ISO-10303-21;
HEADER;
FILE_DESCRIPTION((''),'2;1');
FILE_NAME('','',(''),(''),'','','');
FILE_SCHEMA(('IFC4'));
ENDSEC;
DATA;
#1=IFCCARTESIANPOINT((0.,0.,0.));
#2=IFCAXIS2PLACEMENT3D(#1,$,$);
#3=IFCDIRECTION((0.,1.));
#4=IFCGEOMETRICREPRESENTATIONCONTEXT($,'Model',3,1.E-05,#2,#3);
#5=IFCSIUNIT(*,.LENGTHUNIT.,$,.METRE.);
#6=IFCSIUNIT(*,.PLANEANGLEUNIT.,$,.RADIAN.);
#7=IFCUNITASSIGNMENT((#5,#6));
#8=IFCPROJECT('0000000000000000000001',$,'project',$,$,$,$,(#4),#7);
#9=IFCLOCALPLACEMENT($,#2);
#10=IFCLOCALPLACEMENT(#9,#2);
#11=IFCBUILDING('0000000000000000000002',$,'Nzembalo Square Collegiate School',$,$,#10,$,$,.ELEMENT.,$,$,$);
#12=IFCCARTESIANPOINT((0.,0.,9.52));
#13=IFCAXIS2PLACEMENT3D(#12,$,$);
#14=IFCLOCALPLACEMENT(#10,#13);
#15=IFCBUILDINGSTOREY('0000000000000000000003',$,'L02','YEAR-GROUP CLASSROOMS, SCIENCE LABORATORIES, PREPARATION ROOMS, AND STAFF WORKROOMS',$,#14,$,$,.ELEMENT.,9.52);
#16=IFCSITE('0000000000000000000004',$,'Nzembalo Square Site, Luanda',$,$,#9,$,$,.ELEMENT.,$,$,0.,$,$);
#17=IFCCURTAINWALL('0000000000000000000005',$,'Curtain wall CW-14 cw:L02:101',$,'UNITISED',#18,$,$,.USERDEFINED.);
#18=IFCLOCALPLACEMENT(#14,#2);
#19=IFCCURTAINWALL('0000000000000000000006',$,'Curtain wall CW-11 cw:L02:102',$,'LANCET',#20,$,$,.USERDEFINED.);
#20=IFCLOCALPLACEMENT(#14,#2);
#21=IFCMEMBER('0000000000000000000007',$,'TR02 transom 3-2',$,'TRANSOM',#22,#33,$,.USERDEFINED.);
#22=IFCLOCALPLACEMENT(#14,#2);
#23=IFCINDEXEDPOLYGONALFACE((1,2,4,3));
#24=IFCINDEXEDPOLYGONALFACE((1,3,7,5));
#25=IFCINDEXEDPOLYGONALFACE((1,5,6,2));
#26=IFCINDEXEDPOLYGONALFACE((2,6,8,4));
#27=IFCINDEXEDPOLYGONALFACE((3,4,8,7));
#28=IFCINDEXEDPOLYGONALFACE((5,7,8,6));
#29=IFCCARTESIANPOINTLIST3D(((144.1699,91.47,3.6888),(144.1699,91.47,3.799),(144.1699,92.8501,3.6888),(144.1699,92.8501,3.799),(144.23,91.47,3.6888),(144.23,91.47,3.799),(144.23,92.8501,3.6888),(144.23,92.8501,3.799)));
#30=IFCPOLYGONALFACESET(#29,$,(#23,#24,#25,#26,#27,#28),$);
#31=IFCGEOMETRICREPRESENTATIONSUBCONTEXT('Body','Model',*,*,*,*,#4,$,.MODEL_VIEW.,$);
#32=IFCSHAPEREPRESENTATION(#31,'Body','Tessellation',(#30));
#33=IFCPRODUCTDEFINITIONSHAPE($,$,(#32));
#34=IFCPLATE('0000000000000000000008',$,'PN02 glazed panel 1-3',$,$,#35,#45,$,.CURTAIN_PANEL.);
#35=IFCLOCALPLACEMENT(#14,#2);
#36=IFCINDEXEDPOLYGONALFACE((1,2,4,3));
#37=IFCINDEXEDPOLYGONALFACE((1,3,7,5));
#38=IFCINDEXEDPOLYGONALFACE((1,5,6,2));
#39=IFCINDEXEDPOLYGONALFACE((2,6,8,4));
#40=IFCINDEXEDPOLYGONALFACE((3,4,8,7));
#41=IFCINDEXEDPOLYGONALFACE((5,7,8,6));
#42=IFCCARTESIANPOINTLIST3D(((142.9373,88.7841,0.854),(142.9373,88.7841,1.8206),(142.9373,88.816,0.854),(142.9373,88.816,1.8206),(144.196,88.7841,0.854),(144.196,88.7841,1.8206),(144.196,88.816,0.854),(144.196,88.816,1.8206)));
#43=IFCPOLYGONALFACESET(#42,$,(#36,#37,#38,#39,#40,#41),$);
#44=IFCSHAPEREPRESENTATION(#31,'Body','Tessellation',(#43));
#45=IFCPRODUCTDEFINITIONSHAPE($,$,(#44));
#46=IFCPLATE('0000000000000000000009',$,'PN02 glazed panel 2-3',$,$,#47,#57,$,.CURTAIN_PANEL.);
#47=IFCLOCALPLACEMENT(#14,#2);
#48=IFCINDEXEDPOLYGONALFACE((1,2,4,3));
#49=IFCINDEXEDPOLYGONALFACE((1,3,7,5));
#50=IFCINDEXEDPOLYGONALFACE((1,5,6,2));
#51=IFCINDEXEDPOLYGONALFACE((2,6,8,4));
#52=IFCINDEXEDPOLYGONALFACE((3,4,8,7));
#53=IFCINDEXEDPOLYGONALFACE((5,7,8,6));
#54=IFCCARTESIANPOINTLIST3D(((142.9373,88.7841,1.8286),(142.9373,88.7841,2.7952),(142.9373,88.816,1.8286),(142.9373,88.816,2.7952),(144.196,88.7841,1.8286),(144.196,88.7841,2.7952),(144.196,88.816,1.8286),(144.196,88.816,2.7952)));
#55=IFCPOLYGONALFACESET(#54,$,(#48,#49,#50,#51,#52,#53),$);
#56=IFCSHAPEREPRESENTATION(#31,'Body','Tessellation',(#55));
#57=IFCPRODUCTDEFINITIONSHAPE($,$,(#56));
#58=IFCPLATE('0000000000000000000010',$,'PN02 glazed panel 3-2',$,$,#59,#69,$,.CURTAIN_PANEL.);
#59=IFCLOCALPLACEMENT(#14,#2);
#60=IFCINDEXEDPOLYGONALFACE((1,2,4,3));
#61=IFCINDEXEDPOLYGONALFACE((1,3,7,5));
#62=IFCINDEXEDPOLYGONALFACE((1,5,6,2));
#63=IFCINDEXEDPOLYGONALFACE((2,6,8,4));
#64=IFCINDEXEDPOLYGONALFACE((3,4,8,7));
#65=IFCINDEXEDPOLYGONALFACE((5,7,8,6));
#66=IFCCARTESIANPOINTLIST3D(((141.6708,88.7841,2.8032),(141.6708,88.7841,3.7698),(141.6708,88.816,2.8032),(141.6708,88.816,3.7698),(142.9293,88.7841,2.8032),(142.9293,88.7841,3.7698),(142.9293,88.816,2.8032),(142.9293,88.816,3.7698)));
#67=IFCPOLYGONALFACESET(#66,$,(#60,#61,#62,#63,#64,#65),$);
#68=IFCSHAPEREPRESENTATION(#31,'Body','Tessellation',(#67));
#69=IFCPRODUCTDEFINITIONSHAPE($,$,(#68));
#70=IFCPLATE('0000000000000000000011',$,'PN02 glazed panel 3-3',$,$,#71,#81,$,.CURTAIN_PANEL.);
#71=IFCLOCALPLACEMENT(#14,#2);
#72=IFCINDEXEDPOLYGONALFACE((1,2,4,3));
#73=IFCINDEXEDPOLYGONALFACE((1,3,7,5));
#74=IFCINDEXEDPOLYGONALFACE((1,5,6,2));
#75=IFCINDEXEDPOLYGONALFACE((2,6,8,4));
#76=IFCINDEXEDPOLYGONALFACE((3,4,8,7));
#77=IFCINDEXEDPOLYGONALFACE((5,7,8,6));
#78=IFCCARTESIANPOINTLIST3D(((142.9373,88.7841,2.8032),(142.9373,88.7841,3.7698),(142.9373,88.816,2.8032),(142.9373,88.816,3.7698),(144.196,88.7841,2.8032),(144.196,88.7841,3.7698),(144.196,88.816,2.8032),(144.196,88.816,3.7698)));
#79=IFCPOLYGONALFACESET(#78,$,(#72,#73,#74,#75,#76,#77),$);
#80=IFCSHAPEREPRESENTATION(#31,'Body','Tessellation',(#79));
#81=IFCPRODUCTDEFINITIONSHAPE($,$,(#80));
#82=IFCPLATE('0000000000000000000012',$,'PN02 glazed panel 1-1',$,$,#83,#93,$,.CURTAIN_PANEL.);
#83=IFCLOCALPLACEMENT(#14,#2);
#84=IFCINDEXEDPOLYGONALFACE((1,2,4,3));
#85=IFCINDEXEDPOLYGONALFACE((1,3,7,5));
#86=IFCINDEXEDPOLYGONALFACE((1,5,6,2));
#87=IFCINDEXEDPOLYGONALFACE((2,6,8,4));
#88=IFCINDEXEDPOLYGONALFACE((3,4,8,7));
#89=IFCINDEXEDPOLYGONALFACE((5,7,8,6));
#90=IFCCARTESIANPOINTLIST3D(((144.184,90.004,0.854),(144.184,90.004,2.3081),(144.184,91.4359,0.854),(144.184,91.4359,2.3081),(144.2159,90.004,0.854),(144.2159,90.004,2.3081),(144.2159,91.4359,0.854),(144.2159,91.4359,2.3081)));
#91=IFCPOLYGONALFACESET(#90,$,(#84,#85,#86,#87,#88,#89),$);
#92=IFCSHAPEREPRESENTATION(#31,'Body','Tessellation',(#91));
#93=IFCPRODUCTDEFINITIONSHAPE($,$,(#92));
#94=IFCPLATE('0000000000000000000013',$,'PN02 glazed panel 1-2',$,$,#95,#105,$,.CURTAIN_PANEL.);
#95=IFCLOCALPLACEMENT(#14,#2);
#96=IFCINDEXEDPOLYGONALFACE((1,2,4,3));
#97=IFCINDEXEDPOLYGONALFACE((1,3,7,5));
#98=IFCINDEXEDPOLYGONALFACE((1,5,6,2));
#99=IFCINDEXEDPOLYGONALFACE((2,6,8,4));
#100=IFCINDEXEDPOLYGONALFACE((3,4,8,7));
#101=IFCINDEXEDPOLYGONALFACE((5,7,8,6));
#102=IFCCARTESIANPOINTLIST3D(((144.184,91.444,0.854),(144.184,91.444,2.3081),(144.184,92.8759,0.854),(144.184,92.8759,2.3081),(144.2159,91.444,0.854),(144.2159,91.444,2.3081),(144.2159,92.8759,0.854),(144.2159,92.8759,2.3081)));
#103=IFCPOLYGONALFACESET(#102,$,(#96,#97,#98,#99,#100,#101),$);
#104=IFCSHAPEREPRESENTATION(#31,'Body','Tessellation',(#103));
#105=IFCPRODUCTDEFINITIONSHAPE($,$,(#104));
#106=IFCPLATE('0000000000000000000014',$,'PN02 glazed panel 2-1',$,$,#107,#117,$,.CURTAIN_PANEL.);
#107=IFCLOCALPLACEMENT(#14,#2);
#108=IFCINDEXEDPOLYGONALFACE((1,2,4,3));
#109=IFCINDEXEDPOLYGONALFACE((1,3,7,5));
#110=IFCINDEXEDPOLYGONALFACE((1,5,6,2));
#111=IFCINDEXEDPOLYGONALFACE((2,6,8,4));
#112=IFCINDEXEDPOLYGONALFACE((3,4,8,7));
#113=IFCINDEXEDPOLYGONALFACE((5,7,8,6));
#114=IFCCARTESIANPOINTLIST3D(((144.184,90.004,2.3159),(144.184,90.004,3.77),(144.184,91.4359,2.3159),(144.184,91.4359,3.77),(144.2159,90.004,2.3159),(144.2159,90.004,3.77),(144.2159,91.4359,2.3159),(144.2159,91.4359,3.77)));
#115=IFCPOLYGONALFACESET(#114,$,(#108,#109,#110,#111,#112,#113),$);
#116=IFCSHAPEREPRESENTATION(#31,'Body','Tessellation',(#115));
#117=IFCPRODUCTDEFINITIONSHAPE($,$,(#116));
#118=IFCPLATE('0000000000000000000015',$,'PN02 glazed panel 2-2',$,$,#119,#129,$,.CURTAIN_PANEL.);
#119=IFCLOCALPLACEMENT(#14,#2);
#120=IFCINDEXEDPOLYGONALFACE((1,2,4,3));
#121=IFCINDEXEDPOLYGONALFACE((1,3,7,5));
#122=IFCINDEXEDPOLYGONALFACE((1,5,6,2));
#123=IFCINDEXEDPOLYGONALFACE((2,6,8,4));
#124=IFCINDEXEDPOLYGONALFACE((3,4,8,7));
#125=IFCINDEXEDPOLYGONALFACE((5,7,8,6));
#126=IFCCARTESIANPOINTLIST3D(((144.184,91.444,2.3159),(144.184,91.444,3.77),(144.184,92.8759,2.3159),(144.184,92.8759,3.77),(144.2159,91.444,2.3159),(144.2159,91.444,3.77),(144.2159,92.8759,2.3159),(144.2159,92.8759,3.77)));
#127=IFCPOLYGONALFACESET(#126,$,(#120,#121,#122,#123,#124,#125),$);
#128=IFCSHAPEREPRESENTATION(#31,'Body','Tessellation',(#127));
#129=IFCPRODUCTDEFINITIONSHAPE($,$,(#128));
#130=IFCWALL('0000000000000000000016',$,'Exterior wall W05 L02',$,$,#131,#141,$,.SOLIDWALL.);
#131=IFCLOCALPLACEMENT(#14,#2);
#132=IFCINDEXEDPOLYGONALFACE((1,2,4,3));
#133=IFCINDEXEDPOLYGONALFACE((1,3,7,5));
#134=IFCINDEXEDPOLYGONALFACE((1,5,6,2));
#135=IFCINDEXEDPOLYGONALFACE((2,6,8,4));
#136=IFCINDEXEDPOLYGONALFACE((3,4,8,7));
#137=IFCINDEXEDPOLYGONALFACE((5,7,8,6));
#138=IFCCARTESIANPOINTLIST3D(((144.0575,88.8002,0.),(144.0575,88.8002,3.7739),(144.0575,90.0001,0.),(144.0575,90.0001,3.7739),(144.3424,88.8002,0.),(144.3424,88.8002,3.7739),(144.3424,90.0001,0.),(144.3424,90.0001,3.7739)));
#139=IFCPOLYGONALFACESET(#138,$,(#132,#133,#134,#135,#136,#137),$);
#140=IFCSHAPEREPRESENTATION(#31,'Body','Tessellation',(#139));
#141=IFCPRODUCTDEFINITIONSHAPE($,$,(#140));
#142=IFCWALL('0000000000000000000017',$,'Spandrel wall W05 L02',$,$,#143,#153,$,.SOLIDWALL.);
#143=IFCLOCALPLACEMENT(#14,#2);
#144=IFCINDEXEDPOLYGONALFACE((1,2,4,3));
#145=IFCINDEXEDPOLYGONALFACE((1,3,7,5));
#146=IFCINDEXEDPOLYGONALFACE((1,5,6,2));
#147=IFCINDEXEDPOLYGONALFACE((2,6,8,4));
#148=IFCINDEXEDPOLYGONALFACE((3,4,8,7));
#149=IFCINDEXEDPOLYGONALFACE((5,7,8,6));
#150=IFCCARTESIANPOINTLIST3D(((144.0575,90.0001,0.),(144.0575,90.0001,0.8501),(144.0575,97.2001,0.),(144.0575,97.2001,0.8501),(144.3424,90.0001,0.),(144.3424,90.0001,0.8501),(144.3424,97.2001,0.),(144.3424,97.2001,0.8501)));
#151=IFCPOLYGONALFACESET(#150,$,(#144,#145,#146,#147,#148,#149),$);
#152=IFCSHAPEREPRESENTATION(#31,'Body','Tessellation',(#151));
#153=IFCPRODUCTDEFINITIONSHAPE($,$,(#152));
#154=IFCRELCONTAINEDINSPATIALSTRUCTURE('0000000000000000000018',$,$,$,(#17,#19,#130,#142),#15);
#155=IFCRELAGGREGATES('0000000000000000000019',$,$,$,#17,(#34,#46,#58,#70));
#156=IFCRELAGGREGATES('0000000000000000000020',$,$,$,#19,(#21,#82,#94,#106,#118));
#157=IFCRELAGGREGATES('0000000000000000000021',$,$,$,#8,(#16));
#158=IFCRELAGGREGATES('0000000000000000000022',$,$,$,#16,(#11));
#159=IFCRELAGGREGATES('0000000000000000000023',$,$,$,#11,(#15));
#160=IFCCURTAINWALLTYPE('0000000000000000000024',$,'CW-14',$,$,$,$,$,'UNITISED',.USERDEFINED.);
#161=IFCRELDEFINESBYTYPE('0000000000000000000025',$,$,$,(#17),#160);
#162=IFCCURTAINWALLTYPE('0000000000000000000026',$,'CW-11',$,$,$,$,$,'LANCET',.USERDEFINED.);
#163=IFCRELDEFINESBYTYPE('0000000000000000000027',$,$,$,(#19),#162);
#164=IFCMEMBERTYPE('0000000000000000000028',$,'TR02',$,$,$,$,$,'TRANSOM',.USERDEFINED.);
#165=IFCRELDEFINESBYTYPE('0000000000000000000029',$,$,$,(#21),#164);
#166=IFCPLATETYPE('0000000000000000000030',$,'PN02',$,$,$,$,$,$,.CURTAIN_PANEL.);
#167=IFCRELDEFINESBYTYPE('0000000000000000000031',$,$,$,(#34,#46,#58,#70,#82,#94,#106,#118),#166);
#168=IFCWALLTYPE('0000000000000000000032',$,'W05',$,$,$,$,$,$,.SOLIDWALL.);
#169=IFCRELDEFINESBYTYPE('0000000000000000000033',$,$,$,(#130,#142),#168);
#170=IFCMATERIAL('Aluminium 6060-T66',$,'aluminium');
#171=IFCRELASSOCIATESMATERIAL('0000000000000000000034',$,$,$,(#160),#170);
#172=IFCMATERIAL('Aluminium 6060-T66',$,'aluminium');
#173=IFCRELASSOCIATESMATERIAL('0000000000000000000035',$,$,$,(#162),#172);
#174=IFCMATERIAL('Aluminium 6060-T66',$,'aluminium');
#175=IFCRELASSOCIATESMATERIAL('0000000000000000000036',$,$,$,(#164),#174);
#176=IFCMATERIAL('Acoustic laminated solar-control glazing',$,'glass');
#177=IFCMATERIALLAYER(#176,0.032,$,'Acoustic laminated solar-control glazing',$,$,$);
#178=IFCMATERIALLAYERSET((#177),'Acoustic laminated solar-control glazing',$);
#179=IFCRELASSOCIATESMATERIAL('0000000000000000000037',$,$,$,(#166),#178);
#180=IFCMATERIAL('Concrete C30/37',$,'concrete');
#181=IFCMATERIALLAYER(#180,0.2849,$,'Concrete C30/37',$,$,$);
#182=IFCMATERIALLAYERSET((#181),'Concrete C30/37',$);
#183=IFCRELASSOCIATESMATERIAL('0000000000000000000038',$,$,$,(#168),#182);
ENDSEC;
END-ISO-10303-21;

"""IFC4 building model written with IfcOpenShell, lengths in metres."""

from ifc_helpers import new_model, si_unit, direction, frame, frame_2d, origin, origin_2d, place, context, subcontext, project, spatial, rectangle, extrude, material, layer, layer_set, material_profile, profile_set, type_object, element, aggregate, save


model = new_model("IFC4")

# Units and contexts
model_context = context("Model", 3, precision=1e-05, world=origin(), true_north=direction((0.0, 1.0)))
body_context = subcontext(model_context, "Body", "Model", "MODEL_VIEW")
ifc_project = project(units=[si_unit("LENGTHUNIT", "METRE"), si_unit("PLANEANGLEUNIT", "RADIAN")], contexts=[model_context])

# Site, building, storey
site_placement = place(None, origin())
site = spatial("IfcSite", under=ifc_project, at=site_placement, Name="Nzembalo Square Site, Luanda", CompositionType="ELEMENT", RefElevation=0.0)
building_placement = place(site_placement, origin())
building = spatial("IfcBuilding", under=site, at=building_placement, Name="Nzembalo Square Collegiate School", CompositionType="ELEMENT")
storey_placement = place(building_placement, frame((0.0, 0.0, 9.52)))
storey = spatial("IfcBuildingStorey", under=building, at=storey_placement, Name="L02", Description="YEAR-GROUP CLASSROOMS, SCIENCE LABORATORIES, PREPARATION ROOMS, AND STAFF WORKROOMS", CompositionType="ELEMENT", Elevation=9.52)

# Curtain walls
ifc_material_1 = material(Name="Aluminium 6060-T66", Category="aluminium")
curtain_wall_type_1 = type_object("IfcCurtainWallType", Name="CW-14", ElementType="UNITISED", PredefinedType="USERDEFINED", material=ifc_material_1)
curtain_wall_1_placement = place(storey_placement, origin())
curtain_wall_1 = element("IfcCurtainWall", 1, at=curtain_wall_1_placement, inside=storey, type_object=curtain_wall_type_1, Name="Curtain wall CW-14 cw:L02:101", ObjectType="UNITISED", PredefinedType="USERDEFINED")
ifc_material_2 = material(Name="Aluminium 6060-T66", Category="aluminium")
curtain_wall_type_2 = type_object("IfcCurtainWallType", Name="CW-11", ElementType="LANCET", PredefinedType="USERDEFINED", material=ifc_material_2)
curtain_wall_2_placement = place(storey_placement, origin())
curtain_wall_2 = element("IfcCurtainWall", 2, at=curtain_wall_2_placement, inside=storey, type_object=curtain_wall_type_2, Name="Curtain wall CW-11 cw:L02:102", ObjectType="LANCET", PredefinedType="USERDEFINED")

# Member
ifc_material_3 = material(Name="Aluminium 6060-T66", Category="aluminium")
ifc_material_profile_1 = material_profile(ifc_material_3, rectangle(XDim=0.0601, YDim=0.1101, at=origin_2d()), Name="ALU T60x110")
ifc_profile_set_1 = profile_set([ifc_material_profile_1], Name="Aluminium 6060-T66")
member_type_1 = type_object("IfcMemberType", Name="TR02", ElementType="TRANSOM", PredefinedType="USERDEFINED", material=ifc_profile_set_1)
member_1_placement = place(storey_placement, frame((144.2, 91.47, 3.7439), z_axis=(0.0, 1.0, 0.0), x_axis=(-1.0, 0.0, 0.0)))
member_1 = element("IfcMember", 3, at=member_1_placement, type_object=member_type_1, Name="TR02 transom 3-2", ObjectType="TRANSOM", PredefinedType="USERDEFINED", context=body_context, shape_type="SweptSolid", body=[
    extrude(rectangle(XDim=0.0601, YDim=0.1101, at=origin_2d()), origin(), (0.0, 0.0, 1.0), 1.3801),
])

# Plates
ifc_material_4 = material(Name="Acoustic laminated solar-control glazing", Category="glass")
ifc_layer_1 = layer(ifc_material_4, 0.032, Name="Acoustic laminated solar-control glazing")
ifc_layer_set_1 = layer_set([ifc_layer_1], Name="Acoustic laminated solar-control glazing")
plate_type = type_object("IfcPlateType", Name="PN02", PredefinedType="CURTAIN_PANEL", material=ifc_layer_set_1)
plate_1_placement = place(storey_placement, frame((143.5667, 88.8, 0.854), z_axis=(0.0, 0.0, 1.0), x_axis=(1.0, 0.0, 0.0)))
plate_1 = element("IfcPlate", 4, at=plate_1_placement, type_object=plate_type, Name="PN02 glazed panel 1-3", PredefinedType="CURTAIN_PANEL", context=body_context, shape_type="SweptSolid", body=[
    extrude(rectangle(XDim=1.2588, YDim=0.032, at=origin_2d()), origin(), (0.0, 0.0, 1.0), 0.9666),
])
plate_2_placement = place(storey_placement, frame((143.5667, 88.8, 1.8286), z_axis=(0.0, 0.0, 1.0), x_axis=(1.0, 0.0, 0.0)))
plate_2 = element("IfcPlate", 5, at=plate_2_placement, type_object=plate_type, Name="PN02 glazed panel 2-3", PredefinedType="CURTAIN_PANEL", context=body_context, shape_type="SweptSolid", body=[
    extrude(rectangle(XDim=1.2588, YDim=0.032, at=origin_2d()), origin(), (0.0, 0.0, 1.0), 0.9666),
])
plate_3_placement = place(storey_placement, frame((142.3, 88.8, 2.8032), z_axis=(0.0, 0.0, 1.0), x_axis=(1.0, 0.0, 0.0)))
plate_3 = element("IfcPlate", 6, at=plate_3_placement, type_object=plate_type, Name="PN02 glazed panel 3-2", PredefinedType="CURTAIN_PANEL", context=body_context, shape_type="SweptSolid", body=[
    extrude(rectangle(XDim=1.2585, YDim=0.032, at=origin_2d()), origin(), (0.0, 0.0, 1.0), 0.9666),
])
plate_4_placement = place(storey_placement, frame((143.5667, 88.8, 2.8032), z_axis=(0.0, 0.0, 1.0), x_axis=(1.0, 0.0, 0.0)))
plate_4 = element("IfcPlate", 7, at=plate_4_placement, type_object=plate_type, Name="PN02 glazed panel 3-3", PredefinedType="CURTAIN_PANEL", context=body_context, shape_type="SweptSolid", body=[
    extrude(rectangle(XDim=1.2588, YDim=0.032, at=origin_2d()), origin(), (0.0, 0.0, 1.0), 0.9666),
])
aggregate(curtain_wall_1, [plate_1, plate_2, plate_3, plate_4])
plate_5_placement = place(storey_placement, frame((144.2, 90.72, 0.854), z_axis=(0.0, 0.0, 1.0), x_axis=(0.0, 1.0, 0.0)))
plate_5 = element("IfcPlate", 8, at=plate_5_placement, type_object=plate_type, Name="PN02 glazed panel 1-1", PredefinedType="CURTAIN_PANEL", context=body_context, shape_type="SweptSolid", body=[
    extrude(rectangle(XDim=1.4319, YDim=0.032, at=origin_2d()), origin(), (0.0, 0.0, 1.0), 1.4541),
])
plate_6_placement = place(storey_placement, frame((144.2, 92.1599, 0.854), z_axis=(0.0, 0.0, 1.0), x_axis=(0.0, 1.0, 0.0)))
plate_6 = element("IfcPlate", 9, at=plate_6_placement, type_object=plate_type, Name="PN02 glazed panel 1-2", PredefinedType="CURTAIN_PANEL", context=body_context, shape_type="SweptSolid", body=[
    extrude(rectangle(XDim=1.4319, YDim=0.032, at=origin_2d()), origin(), (0.0, 0.0, 1.0), 1.4541),
])
plate_7_placement = place(storey_placement, frame((144.2, 90.72, 2.3159), z_axis=(0.0, 0.0, 1.0), x_axis=(0.0, 1.0, 0.0)))
plate_7 = element("IfcPlate", 10, at=plate_7_placement, type_object=plate_type, Name="PN02 glazed panel 2-1", PredefinedType="CURTAIN_PANEL", context=body_context, shape_type="SweptSolid", body=[
    extrude(rectangle(XDim=1.4319, YDim=0.032, at=origin_2d()), origin(), (0.0, 0.0, 1.0), 1.4541),
])
plate_8_placement = place(storey_placement, frame((144.2, 92.1599, 2.3159), z_axis=(0.0, 0.0, 1.0), x_axis=(0.0, 1.0, 0.0)))
plate_8 = element("IfcPlate", 11, at=plate_8_placement, type_object=plate_type, Name="PN02 glazed panel 2-2", PredefinedType="CURTAIN_PANEL", context=body_context, shape_type="SweptSolid", body=[
    extrude(rectangle(XDim=1.4319, YDim=0.032, at=origin_2d()), origin(), (0.0, 0.0, 1.0), 1.4541),
])
aggregate(curtain_wall_2, [member_1, plate_5, plate_6, plate_7, plate_8])

# Walls
ifc_material_5 = material(Name="Concrete C30/37", Category="concrete")
ifc_layer_2 = layer(ifc_material_5, 0.2849, Name="Concrete C30/37")
ifc_layer_set_2 = layer_set([ifc_layer_2], Name="Concrete C30/37")
wall_type = type_object("IfcWallType", Name="W05", PredefinedType="SOLIDWALL", material=ifc_layer_set_2)
wall_1_placement = place(storey_placement, frame((144.2, 88.8, 0.0), z_axis=(0.0, 0.0, 1.0), x_axis=(0.0, 1.0, 0.0)))
element("IfcWall", 12, at=wall_1_placement, inside=storey, type_object=wall_type, Name="Exterior wall W05 L02", PredefinedType="SOLIDWALL", context=body_context, shape_type="SweptSolid", body=[
    extrude(rectangle(XDim=1.2, YDim=0.2849, at=frame_2d((0.6001, 0.0))), origin(), (0.0, 0.0, 1.0), 3.7739),
])
wall_2_placement = place(storey_placement, frame((144.2, 90.0, 0.0), z_axis=(0.0, 0.0, 1.0), x_axis=(0.0, 1.0, 0.0)))
element("IfcWall", 13, at=wall_2_placement, inside=storey, type_object=wall_type, Name="Spandrel wall W05 L02", PredefinedType="SOLIDWALL", context=body_context, shape_type="SweptSolid", body=[
    extrude(rectangle(XDim=7.2, YDim=0.2849, at=frame_2d((3.6001, 0.0))), origin(), (0.0, 0.0, 1.0), 0.8501),
])

save(model, "model.ifc")
